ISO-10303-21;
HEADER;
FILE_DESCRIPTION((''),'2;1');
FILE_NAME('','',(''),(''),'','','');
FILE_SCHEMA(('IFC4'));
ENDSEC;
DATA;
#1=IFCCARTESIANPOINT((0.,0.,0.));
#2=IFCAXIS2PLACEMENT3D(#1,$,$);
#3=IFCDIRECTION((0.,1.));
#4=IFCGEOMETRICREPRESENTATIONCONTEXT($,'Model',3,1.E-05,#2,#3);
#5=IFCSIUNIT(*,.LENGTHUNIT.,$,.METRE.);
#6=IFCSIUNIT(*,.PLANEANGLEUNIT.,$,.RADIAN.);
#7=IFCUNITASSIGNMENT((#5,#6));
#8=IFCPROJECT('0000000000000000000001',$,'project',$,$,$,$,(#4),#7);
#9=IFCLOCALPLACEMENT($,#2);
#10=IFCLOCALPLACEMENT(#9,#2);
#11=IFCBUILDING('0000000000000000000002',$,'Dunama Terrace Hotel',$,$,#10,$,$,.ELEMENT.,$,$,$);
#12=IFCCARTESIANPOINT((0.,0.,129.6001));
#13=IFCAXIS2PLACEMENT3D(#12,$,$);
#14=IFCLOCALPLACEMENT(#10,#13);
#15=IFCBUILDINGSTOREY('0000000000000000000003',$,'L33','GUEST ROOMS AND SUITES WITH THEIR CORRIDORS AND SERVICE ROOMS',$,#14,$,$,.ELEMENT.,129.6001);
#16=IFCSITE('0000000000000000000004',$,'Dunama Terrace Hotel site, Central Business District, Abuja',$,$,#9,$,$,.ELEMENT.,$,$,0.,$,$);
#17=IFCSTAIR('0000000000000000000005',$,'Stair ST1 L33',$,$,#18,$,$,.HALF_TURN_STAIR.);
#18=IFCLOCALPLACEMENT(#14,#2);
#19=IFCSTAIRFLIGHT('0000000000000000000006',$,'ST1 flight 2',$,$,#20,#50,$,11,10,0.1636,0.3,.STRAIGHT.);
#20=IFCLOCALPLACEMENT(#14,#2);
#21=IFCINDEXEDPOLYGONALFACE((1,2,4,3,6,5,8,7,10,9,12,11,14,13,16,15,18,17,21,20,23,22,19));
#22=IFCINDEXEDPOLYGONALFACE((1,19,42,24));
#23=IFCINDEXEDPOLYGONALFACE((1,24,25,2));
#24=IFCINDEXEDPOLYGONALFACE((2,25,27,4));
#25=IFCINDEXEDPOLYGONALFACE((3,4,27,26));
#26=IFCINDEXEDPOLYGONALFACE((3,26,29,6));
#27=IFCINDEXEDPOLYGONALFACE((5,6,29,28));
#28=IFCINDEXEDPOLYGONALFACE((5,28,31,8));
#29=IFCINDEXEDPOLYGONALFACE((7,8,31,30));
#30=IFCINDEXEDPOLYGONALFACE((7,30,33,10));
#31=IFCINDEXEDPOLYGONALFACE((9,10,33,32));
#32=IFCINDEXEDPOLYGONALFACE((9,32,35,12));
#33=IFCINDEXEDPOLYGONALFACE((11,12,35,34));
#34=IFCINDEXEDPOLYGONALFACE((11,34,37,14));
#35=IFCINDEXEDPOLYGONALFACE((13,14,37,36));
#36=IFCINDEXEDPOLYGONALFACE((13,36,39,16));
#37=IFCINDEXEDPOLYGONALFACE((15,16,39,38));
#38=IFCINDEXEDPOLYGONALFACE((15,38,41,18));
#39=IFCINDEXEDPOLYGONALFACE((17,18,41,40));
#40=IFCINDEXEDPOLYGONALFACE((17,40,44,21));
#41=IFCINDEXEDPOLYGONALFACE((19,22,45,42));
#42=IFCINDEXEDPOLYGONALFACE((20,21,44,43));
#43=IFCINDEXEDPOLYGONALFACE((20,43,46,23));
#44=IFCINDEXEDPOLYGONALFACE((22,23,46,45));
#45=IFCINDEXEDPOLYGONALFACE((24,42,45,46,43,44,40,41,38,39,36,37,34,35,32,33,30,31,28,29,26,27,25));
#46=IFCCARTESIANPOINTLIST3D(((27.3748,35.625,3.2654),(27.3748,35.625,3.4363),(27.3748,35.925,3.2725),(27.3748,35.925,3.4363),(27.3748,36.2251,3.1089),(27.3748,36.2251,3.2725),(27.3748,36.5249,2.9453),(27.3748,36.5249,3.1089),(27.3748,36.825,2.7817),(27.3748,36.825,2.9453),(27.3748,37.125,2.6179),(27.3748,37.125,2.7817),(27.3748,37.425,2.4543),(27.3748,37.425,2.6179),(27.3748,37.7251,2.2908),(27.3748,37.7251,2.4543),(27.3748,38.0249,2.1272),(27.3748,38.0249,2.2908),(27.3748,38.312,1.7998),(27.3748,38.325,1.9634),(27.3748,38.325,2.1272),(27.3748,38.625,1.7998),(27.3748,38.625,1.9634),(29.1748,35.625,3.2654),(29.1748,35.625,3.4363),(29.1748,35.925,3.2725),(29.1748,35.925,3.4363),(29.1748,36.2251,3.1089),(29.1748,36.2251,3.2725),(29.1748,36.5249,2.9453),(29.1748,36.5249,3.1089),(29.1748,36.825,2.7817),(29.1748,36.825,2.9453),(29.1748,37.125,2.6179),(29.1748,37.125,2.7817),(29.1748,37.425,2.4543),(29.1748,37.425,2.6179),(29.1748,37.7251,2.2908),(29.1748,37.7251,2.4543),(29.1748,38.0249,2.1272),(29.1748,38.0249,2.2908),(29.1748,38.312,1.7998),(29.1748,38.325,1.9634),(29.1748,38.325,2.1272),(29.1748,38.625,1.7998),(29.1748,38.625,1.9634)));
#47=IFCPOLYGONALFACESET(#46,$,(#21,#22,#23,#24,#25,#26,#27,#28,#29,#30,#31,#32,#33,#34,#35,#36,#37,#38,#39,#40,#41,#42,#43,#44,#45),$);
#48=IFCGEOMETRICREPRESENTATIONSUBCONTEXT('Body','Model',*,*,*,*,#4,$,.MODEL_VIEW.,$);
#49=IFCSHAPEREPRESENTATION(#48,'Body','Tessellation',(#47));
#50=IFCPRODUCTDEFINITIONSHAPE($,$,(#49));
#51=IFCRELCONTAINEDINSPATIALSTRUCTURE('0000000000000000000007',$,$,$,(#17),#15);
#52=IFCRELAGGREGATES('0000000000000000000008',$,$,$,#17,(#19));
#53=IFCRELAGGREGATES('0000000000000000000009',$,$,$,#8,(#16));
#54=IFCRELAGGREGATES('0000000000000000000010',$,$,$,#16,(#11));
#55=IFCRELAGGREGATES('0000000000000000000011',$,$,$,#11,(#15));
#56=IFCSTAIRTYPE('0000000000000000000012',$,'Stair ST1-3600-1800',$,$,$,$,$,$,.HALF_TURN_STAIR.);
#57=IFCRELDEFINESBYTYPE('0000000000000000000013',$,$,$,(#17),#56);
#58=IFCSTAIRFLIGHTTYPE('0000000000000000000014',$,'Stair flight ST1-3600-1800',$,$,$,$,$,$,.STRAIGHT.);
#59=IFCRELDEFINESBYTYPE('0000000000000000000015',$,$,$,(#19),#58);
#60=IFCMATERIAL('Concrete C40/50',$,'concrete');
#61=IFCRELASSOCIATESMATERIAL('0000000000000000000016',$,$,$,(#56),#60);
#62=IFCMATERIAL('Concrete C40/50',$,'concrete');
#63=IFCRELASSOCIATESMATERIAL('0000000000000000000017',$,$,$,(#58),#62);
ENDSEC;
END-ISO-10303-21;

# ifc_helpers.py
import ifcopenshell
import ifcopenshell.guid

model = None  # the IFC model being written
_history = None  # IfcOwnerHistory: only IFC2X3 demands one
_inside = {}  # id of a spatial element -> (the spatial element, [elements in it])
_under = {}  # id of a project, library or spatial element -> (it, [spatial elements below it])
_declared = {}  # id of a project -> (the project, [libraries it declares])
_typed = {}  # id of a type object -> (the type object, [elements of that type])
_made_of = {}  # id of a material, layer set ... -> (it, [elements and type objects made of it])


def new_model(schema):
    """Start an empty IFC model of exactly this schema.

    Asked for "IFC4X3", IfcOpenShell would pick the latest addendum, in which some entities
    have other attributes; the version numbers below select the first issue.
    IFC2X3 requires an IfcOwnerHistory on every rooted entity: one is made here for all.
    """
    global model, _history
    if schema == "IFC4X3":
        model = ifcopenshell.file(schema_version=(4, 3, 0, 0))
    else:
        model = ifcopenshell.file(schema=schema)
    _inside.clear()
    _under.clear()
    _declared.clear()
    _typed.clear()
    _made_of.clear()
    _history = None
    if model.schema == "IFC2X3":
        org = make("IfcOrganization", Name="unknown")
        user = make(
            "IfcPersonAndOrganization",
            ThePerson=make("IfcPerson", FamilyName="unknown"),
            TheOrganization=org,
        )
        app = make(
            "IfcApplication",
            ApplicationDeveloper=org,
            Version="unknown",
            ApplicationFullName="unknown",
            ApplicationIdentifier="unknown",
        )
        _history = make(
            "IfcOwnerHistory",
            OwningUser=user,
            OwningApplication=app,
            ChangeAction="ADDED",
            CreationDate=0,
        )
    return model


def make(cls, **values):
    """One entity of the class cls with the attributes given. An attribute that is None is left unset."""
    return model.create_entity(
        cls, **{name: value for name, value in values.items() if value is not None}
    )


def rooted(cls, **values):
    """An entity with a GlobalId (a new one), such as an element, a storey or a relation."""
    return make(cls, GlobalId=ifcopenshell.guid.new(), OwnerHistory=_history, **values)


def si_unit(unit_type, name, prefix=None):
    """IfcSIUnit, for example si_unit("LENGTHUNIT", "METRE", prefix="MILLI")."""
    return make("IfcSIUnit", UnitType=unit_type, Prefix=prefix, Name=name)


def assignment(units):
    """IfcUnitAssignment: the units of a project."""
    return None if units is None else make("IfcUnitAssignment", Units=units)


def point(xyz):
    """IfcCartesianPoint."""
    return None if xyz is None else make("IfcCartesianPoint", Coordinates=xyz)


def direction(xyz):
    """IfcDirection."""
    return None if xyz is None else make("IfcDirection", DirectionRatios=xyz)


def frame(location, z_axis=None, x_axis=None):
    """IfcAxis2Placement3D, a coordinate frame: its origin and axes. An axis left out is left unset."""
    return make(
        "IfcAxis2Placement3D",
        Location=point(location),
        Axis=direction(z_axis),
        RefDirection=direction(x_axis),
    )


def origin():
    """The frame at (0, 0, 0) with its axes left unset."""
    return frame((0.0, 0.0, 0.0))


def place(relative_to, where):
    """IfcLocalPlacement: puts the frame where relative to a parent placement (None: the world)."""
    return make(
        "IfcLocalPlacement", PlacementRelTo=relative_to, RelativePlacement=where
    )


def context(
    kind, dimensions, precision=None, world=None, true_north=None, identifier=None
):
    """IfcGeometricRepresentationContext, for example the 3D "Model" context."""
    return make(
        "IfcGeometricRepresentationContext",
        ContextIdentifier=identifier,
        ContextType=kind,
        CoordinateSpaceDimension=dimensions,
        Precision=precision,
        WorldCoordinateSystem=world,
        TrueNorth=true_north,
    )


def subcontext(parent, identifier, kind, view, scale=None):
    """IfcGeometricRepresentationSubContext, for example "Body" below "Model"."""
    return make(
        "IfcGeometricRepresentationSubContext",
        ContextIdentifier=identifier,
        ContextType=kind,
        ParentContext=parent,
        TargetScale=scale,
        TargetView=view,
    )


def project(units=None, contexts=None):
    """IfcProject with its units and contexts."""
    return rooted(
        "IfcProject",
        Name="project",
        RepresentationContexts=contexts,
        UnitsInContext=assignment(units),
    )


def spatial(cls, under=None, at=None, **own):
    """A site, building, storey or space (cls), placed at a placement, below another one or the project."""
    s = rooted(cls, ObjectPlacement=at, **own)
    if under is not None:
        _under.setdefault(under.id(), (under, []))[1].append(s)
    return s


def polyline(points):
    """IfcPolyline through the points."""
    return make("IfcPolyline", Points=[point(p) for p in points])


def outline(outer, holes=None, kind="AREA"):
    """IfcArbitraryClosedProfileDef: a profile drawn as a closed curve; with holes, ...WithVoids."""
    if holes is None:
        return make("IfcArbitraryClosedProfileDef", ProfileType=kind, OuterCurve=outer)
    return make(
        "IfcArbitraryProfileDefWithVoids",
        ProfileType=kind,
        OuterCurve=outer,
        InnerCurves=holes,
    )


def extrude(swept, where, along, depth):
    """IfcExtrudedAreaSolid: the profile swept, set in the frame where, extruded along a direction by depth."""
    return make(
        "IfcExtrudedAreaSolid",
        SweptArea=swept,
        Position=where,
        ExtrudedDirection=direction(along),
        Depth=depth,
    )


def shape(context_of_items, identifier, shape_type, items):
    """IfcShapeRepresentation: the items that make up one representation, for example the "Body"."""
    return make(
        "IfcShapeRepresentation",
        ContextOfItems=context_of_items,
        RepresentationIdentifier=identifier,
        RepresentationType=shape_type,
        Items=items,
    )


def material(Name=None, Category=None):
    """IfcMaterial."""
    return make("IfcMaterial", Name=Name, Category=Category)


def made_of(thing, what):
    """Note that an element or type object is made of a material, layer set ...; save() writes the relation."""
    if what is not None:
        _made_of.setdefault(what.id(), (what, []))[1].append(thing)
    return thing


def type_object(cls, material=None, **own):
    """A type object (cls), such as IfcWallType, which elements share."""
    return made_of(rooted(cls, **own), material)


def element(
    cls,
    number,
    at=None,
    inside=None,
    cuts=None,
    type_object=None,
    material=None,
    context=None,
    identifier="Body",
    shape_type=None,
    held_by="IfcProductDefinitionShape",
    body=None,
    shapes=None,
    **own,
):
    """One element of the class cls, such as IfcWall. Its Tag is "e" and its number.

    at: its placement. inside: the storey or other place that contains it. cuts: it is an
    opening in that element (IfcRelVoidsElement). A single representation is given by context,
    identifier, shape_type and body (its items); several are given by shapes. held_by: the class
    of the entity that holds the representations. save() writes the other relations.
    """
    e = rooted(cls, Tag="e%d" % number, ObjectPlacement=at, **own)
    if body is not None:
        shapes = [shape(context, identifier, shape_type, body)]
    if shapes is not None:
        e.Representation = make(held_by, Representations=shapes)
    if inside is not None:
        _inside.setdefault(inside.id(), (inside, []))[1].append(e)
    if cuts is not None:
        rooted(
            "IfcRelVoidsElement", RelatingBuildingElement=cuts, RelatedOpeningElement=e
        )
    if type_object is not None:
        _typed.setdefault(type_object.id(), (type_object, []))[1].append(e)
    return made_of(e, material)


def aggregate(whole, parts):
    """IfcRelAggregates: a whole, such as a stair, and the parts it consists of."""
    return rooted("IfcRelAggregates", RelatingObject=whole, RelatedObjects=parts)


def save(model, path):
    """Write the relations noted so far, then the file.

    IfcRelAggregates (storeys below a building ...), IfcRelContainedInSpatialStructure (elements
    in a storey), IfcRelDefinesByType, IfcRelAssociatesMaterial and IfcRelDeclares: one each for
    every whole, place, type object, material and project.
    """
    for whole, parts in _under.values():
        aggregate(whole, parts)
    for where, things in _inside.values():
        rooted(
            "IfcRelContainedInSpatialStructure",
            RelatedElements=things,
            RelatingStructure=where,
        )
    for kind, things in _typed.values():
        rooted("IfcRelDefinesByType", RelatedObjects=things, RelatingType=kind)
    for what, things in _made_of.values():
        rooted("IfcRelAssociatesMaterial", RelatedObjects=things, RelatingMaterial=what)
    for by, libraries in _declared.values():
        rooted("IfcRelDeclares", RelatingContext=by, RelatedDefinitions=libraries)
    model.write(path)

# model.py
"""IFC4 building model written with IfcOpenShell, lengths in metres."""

from ifc_helpers import new_model, si_unit, direction, frame, origin, place, context, subcontext, project, spatial, polyline, outline, extrude, material, type_object, element, aggregate, save


model = new_model("IFC4")

# Units and contexts
model_context = context("Model", 3, precision=1e-05, world=origin(), true_north=direction((0.0, 1.0)))
body_context = subcontext(model_context, "Body", "Model", "MODEL_VIEW")
ifc_project = project(units=[si_unit("LENGTHUNIT", "METRE"), si_unit("PLANEANGLEUNIT", "RADIAN")], contexts=[model_context])

# Site, building, storey
site_placement = place(None, origin())
site = spatial("IfcSite", under=ifc_project, at=site_placement, Name="Dunama Terrace Hotel site, Central Business District, Abuja", CompositionType="ELEMENT", RefElevation=0.0)
building_placement = place(site_placement, origin())
building = spatial("IfcBuilding", under=site, at=building_placement, Name="Dunama Terrace Hotel", CompositionType="ELEMENT")
storey_placement = place(building_placement, frame((0.0, 0.0, 129.6001)))
storey = spatial("IfcBuildingStorey", under=building, at=storey_placement, Name="L33", Description="GUEST ROOMS AND SUITES WITH THEIR CORRIDORS AND SERVICE ROOMS", CompositionType="ELEMENT", Elevation=129.6001)

# Stair, stair flight
ifc_material_1 = material(Name="Concrete C40/50", Category="concrete")
stair_type = type_object("IfcStairType", Name="Stair ST1-3600-1800", PredefinedType="HALF_TURN_STAIR", material=ifc_material_1)
stair_placement = place(storey_placement, origin())
stair = element("IfcStair", 1, at=stair_placement, inside=storey, type_object=stair_type, Name="Stair ST1 L33", PredefinedType="HALF_TURN_STAIR")
ifc_material_2 = material(Name="Concrete C40/50", Category="concrete")
stair_flight_type = type_object("IfcStairFlightType", Name="Stair flight ST1-3600-1800", PredefinedType="STRAIGHT", material=ifc_material_2)
stair_flight_placement = place(storey_placement, frame((28.2749, 38.625, 1.7998), z_axis=(0.0, 0.0, 1.0), x_axis=(0.0, -1.0, 0.0)))
stair_flight = element("IfcStairFlight", 2, at=stair_flight_placement, type_object=stair_flight_type, Name="ST1 flight 2", NumberOfRisers=11, NumberOfTreads=10, PredefinedType="STRAIGHT", RiserHeight=0.1636, TreadLength=0.3, context=body_context, shape_type="SweptSolid", body=[
    extrude(outline(polyline([(0.0, 0.0), (0.0, 0.1636), (0.3, 0.1636), (0.3, 0.3274), (0.6001, 0.3274), (0.6001, 0.491), (0.8999, 0.491), (0.8999, 0.6545), (1.2, 0.6545), (1.2, 0.8181), (1.5, 0.8181), (1.5, 0.9819), (1.8, 0.9819), (1.8, 1.1455), (2.1001, 1.1455), (2.1001, 1.3091), (2.3999, 1.3091), (2.3999, 1.4727), (2.7, 1.4727), (2.7, 1.6365), (3.0, 1.6365), (3.0, 1.8), (3.0, 1.4656), (0.313, 0.0), (0.0, 0.0)])), frame((0.0, 0.8999, 0.0), z_axis=(0.0, -1.0, 0.0), x_axis=(1.0, 0.0, 0.0)), (0.0, 0.0, 1.0), 1.8),
])
aggregate(stair, [stair_flight])

save(model, "model.ifc")
